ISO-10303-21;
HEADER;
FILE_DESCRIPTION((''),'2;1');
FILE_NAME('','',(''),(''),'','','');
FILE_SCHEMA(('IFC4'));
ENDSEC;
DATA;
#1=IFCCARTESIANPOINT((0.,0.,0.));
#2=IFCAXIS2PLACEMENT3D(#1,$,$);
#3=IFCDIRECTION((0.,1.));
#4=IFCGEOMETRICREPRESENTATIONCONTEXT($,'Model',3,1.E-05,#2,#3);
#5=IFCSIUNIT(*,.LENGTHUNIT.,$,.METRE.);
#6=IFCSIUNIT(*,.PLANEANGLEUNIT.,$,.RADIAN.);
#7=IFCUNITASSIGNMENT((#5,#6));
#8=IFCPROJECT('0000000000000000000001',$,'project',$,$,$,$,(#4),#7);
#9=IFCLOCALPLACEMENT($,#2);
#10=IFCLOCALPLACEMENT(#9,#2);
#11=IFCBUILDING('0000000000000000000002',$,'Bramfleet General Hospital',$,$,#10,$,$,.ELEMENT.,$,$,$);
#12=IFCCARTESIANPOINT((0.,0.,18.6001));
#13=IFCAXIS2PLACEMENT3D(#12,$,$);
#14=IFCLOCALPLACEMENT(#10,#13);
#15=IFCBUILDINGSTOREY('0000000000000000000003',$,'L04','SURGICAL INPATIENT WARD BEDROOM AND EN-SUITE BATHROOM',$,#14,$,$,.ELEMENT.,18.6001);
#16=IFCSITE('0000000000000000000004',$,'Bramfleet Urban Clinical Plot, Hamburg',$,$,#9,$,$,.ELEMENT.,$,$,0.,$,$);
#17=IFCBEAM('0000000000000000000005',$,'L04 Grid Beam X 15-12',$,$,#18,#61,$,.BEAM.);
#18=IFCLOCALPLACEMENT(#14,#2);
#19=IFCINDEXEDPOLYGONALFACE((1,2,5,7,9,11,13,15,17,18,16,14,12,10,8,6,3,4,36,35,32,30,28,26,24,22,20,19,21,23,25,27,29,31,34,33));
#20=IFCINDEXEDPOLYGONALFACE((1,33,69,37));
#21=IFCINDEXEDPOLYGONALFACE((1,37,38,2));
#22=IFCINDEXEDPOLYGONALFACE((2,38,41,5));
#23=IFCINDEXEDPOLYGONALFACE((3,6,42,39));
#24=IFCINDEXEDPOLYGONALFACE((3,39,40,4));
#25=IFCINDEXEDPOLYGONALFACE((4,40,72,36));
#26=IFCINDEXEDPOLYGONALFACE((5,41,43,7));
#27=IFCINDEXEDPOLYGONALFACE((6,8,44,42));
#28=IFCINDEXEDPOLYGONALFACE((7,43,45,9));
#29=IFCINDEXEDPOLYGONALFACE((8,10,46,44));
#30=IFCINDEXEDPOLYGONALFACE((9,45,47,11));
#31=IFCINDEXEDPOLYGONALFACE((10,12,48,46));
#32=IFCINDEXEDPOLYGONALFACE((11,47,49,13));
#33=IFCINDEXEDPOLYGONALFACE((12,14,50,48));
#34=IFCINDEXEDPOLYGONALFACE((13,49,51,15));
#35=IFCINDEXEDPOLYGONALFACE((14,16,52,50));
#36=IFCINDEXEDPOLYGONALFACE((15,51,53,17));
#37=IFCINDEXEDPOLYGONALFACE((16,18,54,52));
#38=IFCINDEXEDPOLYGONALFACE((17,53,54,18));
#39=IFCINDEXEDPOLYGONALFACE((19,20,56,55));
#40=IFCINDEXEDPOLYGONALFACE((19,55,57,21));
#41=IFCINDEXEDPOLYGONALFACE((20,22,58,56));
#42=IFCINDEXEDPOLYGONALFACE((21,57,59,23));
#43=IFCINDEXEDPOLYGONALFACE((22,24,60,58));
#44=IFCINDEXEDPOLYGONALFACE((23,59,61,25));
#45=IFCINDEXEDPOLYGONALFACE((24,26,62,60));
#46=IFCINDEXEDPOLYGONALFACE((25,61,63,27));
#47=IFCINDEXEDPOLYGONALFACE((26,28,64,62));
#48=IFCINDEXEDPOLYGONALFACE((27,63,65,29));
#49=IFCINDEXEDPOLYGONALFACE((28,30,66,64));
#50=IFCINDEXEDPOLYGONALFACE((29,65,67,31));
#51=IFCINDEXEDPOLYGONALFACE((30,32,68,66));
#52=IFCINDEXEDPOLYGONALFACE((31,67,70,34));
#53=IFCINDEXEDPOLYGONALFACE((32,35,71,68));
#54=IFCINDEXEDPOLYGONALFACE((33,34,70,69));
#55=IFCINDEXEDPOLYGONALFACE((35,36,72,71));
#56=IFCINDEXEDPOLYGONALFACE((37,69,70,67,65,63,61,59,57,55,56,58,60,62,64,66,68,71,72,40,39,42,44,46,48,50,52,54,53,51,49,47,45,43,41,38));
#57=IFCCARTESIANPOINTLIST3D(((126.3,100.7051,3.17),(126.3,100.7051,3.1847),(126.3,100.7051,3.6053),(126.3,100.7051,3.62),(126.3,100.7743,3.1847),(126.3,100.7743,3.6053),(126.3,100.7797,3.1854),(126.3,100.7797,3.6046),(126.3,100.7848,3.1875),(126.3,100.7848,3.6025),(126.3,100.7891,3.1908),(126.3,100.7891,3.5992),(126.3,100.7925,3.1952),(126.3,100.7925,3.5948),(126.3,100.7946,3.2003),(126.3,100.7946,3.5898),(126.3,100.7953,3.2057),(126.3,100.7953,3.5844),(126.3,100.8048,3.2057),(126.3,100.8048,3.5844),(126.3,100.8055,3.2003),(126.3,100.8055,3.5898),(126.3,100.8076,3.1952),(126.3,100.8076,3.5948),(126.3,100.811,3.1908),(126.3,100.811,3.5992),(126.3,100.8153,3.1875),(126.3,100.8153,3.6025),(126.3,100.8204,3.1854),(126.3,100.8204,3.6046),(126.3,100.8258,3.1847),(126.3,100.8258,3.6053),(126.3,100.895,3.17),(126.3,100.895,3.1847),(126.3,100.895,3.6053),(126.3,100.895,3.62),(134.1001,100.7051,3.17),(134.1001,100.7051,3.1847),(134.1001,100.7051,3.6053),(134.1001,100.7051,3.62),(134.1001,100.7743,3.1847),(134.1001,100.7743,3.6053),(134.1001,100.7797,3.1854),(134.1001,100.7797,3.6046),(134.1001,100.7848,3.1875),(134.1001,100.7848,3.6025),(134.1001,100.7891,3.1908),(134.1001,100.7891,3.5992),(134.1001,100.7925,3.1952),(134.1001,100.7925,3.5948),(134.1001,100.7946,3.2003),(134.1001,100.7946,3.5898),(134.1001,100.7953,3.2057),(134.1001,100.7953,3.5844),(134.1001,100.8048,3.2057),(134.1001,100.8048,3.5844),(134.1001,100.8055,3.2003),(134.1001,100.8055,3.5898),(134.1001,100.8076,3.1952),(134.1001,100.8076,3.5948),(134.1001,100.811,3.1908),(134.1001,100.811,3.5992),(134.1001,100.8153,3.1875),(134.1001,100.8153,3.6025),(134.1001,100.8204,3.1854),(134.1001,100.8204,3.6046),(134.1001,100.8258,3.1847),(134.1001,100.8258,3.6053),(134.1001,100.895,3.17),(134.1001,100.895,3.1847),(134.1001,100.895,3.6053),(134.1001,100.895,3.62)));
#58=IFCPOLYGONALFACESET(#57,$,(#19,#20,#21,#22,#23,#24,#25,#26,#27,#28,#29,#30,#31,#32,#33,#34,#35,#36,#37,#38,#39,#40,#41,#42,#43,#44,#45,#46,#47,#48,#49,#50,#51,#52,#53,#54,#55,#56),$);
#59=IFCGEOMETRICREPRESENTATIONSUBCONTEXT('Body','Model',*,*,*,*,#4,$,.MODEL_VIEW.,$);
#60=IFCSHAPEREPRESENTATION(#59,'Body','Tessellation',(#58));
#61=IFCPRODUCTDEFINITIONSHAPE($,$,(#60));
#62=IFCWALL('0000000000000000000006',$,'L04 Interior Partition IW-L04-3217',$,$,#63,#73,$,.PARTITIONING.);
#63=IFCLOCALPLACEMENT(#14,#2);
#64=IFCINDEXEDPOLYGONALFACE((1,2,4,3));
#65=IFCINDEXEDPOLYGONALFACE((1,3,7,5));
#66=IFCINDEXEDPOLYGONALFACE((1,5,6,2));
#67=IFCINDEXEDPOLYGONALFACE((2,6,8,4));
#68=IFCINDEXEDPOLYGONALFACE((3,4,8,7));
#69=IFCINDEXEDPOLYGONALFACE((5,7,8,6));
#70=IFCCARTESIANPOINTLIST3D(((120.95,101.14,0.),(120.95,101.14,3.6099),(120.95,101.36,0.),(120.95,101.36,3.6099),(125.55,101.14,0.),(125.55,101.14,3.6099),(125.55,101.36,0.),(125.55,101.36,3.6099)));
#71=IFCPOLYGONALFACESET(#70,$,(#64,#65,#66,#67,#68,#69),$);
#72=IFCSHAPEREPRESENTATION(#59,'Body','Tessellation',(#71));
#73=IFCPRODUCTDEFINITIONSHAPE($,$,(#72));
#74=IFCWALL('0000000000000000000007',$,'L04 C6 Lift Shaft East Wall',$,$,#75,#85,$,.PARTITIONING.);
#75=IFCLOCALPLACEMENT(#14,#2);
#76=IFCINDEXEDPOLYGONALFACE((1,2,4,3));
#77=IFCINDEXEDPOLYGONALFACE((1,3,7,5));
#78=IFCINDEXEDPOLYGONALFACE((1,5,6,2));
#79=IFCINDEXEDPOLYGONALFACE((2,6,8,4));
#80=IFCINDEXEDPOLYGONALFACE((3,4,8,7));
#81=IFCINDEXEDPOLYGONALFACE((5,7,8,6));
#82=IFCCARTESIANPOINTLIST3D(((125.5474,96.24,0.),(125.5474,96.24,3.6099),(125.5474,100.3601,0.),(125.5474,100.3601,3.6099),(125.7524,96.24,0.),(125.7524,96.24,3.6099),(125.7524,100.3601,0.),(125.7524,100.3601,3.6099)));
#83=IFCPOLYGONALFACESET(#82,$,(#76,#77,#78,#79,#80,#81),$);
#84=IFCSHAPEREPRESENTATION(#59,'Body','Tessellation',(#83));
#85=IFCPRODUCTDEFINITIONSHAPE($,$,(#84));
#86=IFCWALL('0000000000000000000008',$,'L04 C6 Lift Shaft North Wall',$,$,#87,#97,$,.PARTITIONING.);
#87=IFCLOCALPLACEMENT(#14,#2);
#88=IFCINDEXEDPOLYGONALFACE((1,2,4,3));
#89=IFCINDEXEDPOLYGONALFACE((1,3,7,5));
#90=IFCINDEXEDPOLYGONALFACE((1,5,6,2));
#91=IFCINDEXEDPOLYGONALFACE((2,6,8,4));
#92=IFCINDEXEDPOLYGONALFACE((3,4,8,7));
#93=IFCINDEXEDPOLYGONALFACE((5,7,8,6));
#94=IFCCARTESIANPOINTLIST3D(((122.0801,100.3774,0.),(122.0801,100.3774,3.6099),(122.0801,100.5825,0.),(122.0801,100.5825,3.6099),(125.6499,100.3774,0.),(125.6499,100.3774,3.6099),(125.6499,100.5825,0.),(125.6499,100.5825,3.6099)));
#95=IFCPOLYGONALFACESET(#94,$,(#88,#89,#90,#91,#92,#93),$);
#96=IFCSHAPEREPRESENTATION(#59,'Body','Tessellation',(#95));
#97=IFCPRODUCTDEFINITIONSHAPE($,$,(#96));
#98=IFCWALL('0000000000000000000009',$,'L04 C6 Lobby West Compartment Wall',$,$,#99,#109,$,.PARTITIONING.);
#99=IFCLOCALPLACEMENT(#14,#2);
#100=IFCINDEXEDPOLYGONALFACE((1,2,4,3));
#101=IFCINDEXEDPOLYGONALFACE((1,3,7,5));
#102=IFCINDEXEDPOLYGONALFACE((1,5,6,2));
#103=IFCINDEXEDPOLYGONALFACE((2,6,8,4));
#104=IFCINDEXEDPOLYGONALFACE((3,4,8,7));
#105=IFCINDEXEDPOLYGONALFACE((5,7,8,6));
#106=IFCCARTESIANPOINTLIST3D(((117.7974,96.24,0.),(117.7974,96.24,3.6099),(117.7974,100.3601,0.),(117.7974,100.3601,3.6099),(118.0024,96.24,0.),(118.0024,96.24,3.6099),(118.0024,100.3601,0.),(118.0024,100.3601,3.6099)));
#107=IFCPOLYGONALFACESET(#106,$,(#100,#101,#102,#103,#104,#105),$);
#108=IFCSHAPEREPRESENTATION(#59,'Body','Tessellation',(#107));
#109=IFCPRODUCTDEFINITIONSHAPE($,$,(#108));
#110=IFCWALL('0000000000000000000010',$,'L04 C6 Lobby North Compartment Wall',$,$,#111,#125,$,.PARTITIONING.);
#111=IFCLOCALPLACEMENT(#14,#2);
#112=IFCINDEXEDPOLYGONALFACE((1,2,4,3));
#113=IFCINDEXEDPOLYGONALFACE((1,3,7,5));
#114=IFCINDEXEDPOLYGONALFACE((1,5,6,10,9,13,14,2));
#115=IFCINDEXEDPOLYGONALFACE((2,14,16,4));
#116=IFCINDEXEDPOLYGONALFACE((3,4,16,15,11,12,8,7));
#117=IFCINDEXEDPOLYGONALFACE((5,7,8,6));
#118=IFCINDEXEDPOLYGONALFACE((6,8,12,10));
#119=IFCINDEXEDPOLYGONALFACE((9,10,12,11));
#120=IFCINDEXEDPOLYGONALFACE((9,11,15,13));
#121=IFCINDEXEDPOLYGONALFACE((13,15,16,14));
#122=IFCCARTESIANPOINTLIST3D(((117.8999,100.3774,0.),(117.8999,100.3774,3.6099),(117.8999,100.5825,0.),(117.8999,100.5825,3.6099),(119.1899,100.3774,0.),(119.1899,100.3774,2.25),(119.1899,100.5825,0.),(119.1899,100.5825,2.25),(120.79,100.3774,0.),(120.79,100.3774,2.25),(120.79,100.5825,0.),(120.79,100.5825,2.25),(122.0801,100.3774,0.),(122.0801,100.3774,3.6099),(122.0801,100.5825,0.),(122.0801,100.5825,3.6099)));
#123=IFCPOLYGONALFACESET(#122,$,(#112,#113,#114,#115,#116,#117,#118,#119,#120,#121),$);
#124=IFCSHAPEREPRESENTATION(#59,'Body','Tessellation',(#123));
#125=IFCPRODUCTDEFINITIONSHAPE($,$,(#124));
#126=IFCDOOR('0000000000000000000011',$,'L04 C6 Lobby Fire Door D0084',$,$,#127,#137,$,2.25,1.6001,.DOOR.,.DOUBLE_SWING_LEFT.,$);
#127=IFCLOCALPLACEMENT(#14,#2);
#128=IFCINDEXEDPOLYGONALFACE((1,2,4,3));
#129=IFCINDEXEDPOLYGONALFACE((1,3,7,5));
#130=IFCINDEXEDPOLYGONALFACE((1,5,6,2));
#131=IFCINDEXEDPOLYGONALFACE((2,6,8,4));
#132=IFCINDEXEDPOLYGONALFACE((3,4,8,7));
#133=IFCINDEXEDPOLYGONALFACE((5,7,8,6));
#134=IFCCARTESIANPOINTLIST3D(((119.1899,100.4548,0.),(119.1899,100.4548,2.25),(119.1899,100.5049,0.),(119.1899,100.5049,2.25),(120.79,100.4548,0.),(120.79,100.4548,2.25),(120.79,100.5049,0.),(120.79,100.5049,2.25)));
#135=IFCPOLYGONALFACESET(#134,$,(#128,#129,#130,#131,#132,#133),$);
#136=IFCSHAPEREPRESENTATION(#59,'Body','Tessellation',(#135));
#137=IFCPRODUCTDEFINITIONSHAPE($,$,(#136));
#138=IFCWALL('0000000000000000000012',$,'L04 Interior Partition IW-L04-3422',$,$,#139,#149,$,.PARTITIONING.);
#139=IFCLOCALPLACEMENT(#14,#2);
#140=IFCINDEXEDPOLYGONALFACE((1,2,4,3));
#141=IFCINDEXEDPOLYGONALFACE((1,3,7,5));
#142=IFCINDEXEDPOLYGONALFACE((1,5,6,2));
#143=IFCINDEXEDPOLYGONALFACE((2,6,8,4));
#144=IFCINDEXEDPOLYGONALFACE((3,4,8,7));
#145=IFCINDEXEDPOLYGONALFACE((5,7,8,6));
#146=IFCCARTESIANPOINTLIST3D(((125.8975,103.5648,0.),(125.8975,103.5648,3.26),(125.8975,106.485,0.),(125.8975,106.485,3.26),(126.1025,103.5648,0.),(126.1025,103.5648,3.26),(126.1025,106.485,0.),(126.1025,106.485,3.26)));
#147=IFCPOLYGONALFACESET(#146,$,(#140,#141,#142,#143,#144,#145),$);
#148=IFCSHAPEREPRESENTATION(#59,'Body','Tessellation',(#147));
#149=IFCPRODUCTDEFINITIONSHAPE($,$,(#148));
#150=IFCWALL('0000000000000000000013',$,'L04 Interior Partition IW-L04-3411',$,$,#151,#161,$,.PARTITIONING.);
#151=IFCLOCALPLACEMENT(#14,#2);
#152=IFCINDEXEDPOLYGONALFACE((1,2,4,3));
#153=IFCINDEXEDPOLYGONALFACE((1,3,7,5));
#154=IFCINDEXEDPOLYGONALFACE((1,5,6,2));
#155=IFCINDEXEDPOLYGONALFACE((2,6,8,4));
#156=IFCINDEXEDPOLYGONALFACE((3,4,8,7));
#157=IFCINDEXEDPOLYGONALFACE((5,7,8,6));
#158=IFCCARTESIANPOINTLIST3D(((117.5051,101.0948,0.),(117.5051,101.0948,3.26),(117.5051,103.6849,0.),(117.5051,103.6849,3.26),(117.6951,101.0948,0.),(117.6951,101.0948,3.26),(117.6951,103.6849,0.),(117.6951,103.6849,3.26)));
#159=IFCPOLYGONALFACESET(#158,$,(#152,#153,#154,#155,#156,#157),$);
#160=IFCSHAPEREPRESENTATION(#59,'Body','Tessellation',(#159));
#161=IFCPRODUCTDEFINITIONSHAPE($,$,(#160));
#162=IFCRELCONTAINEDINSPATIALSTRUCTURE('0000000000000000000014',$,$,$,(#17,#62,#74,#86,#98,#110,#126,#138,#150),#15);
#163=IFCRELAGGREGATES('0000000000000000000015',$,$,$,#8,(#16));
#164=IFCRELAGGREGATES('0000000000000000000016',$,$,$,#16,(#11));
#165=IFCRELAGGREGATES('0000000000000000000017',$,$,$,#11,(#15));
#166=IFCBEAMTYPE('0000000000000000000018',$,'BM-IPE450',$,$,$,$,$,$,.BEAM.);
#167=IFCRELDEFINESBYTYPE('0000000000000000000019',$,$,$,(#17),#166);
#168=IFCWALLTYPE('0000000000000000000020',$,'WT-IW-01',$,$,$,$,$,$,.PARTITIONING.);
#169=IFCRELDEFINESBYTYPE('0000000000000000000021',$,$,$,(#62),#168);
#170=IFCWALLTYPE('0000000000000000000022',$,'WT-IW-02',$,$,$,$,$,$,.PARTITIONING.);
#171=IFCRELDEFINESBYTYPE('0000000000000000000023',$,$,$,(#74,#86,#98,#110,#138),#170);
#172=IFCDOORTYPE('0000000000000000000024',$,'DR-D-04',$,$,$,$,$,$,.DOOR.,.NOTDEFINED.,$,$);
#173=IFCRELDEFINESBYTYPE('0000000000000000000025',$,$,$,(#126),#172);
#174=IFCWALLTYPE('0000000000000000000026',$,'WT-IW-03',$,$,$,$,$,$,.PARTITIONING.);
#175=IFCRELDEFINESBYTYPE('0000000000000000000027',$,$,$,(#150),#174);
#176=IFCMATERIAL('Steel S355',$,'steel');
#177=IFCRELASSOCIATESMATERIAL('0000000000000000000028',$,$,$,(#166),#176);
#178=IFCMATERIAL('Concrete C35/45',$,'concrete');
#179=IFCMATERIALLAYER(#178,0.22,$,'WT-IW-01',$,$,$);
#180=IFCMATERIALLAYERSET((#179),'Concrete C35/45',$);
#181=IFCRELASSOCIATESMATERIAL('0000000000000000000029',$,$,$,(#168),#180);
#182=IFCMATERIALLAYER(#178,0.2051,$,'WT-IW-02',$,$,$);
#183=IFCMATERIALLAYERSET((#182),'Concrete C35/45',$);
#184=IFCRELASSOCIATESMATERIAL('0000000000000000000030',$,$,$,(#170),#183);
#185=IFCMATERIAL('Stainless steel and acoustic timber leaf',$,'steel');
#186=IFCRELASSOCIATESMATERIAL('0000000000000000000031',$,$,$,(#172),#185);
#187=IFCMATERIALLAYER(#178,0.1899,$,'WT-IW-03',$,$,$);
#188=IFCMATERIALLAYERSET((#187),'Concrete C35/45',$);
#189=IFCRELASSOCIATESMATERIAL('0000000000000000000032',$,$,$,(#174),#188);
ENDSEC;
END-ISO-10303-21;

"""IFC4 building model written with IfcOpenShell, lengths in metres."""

from ifc_helpers import new_model, si_unit, direction, frame, frame_2d, origin, origin_2d, place, context, subcontext, project, spatial, rectangle, i_section, extrude, material, layer, layer_set, material_profile, profile_set, type_object, element, fill, save


model = new_model("IFC4")

# Units and contexts
model_context = context("Model", 3, precision=1e-05, world=origin(), true_north=direction((0.0, 1.0)))
body_context = subcontext(model_context, "Body", "Model", "MODEL_VIEW")
ifc_project = project(units=[si_unit("LENGTHUNIT", "METRE"), si_unit("PLANEANGLEUNIT", "RADIAN")], contexts=[model_context])

# Site, building, storey
site_placement = place(None, origin())
site = spatial("IfcSite", under=ifc_project, at=site_placement, Name="Bramfleet Urban Clinical Plot, Hamburg", CompositionType="ELEMENT", RefElevation=0.0)
building_placement = place(site_placement, origin())
building = spatial("IfcBuilding", under=site, at=building_placement, Name="Bramfleet General Hospital", CompositionType="ELEMENT")
storey_placement = place(building_placement, frame((0.0, 0.0, 18.6001)))
storey = spatial("IfcBuildingStorey", under=building, at=storey_placement, Name="L04", Description="SURGICAL INPATIENT WARD BEDROOM AND EN-SUITE BATHROOM", CompositionType="ELEMENT", Elevation=18.6001)

# Beam
ifc_material_1 = material(Name="Steel S355", Category="steel")
ifc_material_profile_1 = material_profile(ifc_material_1, i_section(OverallWidth=0.1899, OverallDepth=0.45, WebThickness=0.0095, FlangeThickness=0.0146, FilletRadius=0.021, at=origin_2d()), Name="IPE 450")
ifc_profile_set_1 = profile_set([ifc_material_profile_1], Name="Steel S355")
beam_type_1 = type_object("IfcBeamType", Name="BM-IPE450", PredefinedType="BEAM", material=ifc_profile_set_1)
for number, where, z_axis, x_axis, name in (
    (1, (126.3, 100.8, 3.395), (1.0, 0.0, 0.0), (0.0, 1.0, 0.0), "L04 Grid Beam X 15-12"),
):
    element("IfcBeam", number, at=place(storey_placement, frame(where, z_axis=z_axis, x_axis=x_axis)), inside=storey, type_object=beam_type_1, Name=name, PredefinedType="BEAM", context=body_context, shape_type="SweptSolid", body=[
        extrude(i_section(OverallWidth=0.1899, OverallDepth=0.45, WebThickness=0.0095, FlangeThickness=0.0146, FilletRadius=0.021, at=origin_2d()), origin(), (0.0, 0.0, 1.0), 7.8),
    ])

# Wall
ifc_material_2 = material(Name="Concrete C35/45", Category="concrete")
ifc_layer_1 = layer(ifc_material_2, 0.22, Name="WT-IW-01")
ifc_layer_set_1 = layer_set([ifc_layer_1], Name="Concrete C35/45")
wall_type_1 = type_object("IfcWallType", Name="WT-IW-01", PredefinedType="PARTITIONING", material=ifc_layer_set_1)
wall_1_placement = place(storey_placement, frame((120.95, 101.25, 0.0), z_axis=(0.0, 0.0, 1.0), x_axis=(1.0, 0.0, 0.0)))
element("IfcWall", 2, at=wall_1_placement, inside=storey, type_object=wall_type_1, Name="L04 Interior Partition IW-L04-3217", PredefinedType="PARTITIONING", context=body_context, shape_type="SweptSolid", body=[
    extrude(rectangle(XDim=4.6001, YDim=0.22, at=frame_2d((2.3, 0.0))), origin(), (0.0, 0.0, 1.0), 3.6099),
])

# Shared definitions
ifc_layer_2 = layer(ifc_material_2, 0.2051, Name="WT-IW-02")
ifc_layer_set_2 = layer_set([ifc_layer_2], Name="Concrete C35/45")
wall_type_2 = type_object("IfcWallType", Name="WT-IW-02", PredefinedType="PARTITIONING", material=ifc_layer_set_2)

# Walls
wall_2_placement = place(storey_placement, frame((125.6499, 96.24, 0.0), z_axis=(0.0, 0.0, 1.0), x_axis=(0.0, 1.0, 0.0)))
element("IfcWall", 3, at=wall_2_placement, inside=storey, type_object=wall_type_2, Name="L04 C6 Lift Shaft East Wall", PredefinedType="PARTITIONING", context=body_context, shape_type="SweptSolid", body=[
    extrude(rectangle(XDim=4.1201, YDim=0.2051, at=frame_2d((2.0601, 0.0))), origin(), (0.0, 0.0, 1.0), 3.6099),
])
wall_3_placement = place(storey_placement, frame((122.0801, 100.48, 0.0), z_axis=(0.0, 0.0, 1.0), x_axis=(1.0, 0.0, 0.0)))
element("IfcWall", 4, at=wall_3_placement, inside=storey, type_object=wall_type_2, Name="L04 C6 Lift Shaft North Wall", PredefinedType="PARTITIONING", context=body_context, shape_type="SweptSolid", body=[
    extrude(rectangle(XDim=3.5698, YDim=0.2051, at=frame_2d((1.7849, 0.0))), origin(), (0.0, 0.0, 1.0), 3.6099),
])
wall_4_placement = place(storey_placement, frame((117.8999, 96.24, 0.0), z_axis=(0.0, 0.0, 1.0), x_axis=(0.0, 1.0, 0.0)))
element("IfcWall", 5, at=wall_4_placement, inside=storey, type_object=wall_type_2, Name="L04 C6 Lobby West Compartment Wall", PredefinedType="PARTITIONING", context=body_context, shape_type="SweptSolid", body=[
    extrude(rectangle(XDim=4.1201, YDim=0.2051, at=frame_2d((2.0601, 0.0))), origin(), (0.0, 0.0, 1.0), 3.6099),
])

# Wall, opening, door
wall_5_placement = place(storey_placement, frame((117.8999, 100.48, 0.0), z_axis=(0.0, 0.0, 1.0), x_axis=(1.0, 0.0, 0.0)))
wall_5 = element("IfcWall", 6, at=wall_5_placement, inside=storey, type_object=wall_type_2, Name="L04 C6 Lobby North Compartment Wall", PredefinedType="PARTITIONING", context=body_context, shape_type="SweptSolid", body=[
    extrude(rectangle(XDim=4.1802, YDim=0.2051, at=frame_2d((2.0901, 0.0))), origin(), (0.0, 0.0, 1.0), 3.6099),
])
opening_1_placement = place(wall_5_placement, frame((1.29, 0.0, 0.0)))
opening_1 = element("IfcOpeningElement", 7, at=opening_1_placement, cuts=wall_5, PredefinedType="OPENING", context=body_context, shape_type="SweptSolid", body=[
    extrude(rectangle(XDim=1.6001, YDim=2.25, at=frame_2d((0.8, 1.125))), frame((0.0, 0.1125, 0.0), z_axis=(0.0, -1.0, 0.0), x_axis=(1.0, 0.0, 0.0)), (0.0, 0.0, 1.0), 0.2251),
])
ifc_material_3 = material(Name="Stainless steel and acoustic timber leaf", Category="steel")
door_type_1 = type_object("IfcDoorType", Name="DR-D-04", OperationType="NOTDEFINED", PredefinedType="DOOR", material=ifc_material_3)
door_1_placement = place(opening_1_placement, origin())
door_1 = element("IfcDoor", 8, at=door_1_placement, inside=storey, type_object=door_type_1, Name="L04 C6 Lobby Fire Door D0084", OperationType="DOUBLE_SWING_LEFT", OverallHeight=2.25, OverallWidth=1.6001, PredefinedType="DOOR", context=body_context, shape_type="SweptSolid", body=[
    extrude(rectangle(XDim=1.6001, YDim=2.25, at=frame_2d((0.8, 1.125))), frame((0.0, 0.0249, 0.0), z_axis=(0.0, -1.0, 0.0), x_axis=(1.0, 0.0, 0.0)), (0.0, 0.0, 1.0), 0.05),
])
fill(opening_1, door_1)

# Walls
wall_6_placement = place(storey_placement, frame((126.0, 103.5649, 0.0), z_axis=(0.0, 0.0, 1.0), x_axis=(0.0, 1.0, 0.0)))
element("IfcWall", 9, at=wall_6_placement, inside=storey, type_object=wall_type_2, Name="L04 Interior Partition IW-L04-3422", PredefinedType="PARTITIONING", context=body_context, shape_type="SweptSolid", body=[
    extrude(rectangle(XDim=2.9202, YDim=0.2051, at=frame_2d((1.46, 0.0))), origin(), (0.0, 0.0, 1.0), 3.26),
])
ifc_layer_3 = layer(ifc_material_2, 0.1899, Name="WT-IW-03")
ifc_layer_set_3 = layer_set([ifc_layer_3], Name="Concrete C35/45")
wall_type_3 = type_object("IfcWallType", Name="WT-IW-03", PredefinedType="PARTITIONING", material=ifc_layer_set_3)
wall_7_placement = place(storey_placement, frame((117.6001, 101.095, 0.0), z_axis=(0.0, 0.0, 1.0), x_axis=(0.0, 1.0, 0.0)))
element("IfcWall", 10, at=wall_7_placement, inside=storey, type_object=wall_type_3, Name="L04 Interior Partition IW-L04-3411", PredefinedType="PARTITIONING", context=body_context, shape_type="SweptSolid", body=[
    extrude(rectangle(XDim=2.5901, YDim=0.1899, at=frame_2d((1.2949, 0.0))), origin(), (0.0, 0.0, 1.0), 3.26),
])

save(model, "model.ifc")
